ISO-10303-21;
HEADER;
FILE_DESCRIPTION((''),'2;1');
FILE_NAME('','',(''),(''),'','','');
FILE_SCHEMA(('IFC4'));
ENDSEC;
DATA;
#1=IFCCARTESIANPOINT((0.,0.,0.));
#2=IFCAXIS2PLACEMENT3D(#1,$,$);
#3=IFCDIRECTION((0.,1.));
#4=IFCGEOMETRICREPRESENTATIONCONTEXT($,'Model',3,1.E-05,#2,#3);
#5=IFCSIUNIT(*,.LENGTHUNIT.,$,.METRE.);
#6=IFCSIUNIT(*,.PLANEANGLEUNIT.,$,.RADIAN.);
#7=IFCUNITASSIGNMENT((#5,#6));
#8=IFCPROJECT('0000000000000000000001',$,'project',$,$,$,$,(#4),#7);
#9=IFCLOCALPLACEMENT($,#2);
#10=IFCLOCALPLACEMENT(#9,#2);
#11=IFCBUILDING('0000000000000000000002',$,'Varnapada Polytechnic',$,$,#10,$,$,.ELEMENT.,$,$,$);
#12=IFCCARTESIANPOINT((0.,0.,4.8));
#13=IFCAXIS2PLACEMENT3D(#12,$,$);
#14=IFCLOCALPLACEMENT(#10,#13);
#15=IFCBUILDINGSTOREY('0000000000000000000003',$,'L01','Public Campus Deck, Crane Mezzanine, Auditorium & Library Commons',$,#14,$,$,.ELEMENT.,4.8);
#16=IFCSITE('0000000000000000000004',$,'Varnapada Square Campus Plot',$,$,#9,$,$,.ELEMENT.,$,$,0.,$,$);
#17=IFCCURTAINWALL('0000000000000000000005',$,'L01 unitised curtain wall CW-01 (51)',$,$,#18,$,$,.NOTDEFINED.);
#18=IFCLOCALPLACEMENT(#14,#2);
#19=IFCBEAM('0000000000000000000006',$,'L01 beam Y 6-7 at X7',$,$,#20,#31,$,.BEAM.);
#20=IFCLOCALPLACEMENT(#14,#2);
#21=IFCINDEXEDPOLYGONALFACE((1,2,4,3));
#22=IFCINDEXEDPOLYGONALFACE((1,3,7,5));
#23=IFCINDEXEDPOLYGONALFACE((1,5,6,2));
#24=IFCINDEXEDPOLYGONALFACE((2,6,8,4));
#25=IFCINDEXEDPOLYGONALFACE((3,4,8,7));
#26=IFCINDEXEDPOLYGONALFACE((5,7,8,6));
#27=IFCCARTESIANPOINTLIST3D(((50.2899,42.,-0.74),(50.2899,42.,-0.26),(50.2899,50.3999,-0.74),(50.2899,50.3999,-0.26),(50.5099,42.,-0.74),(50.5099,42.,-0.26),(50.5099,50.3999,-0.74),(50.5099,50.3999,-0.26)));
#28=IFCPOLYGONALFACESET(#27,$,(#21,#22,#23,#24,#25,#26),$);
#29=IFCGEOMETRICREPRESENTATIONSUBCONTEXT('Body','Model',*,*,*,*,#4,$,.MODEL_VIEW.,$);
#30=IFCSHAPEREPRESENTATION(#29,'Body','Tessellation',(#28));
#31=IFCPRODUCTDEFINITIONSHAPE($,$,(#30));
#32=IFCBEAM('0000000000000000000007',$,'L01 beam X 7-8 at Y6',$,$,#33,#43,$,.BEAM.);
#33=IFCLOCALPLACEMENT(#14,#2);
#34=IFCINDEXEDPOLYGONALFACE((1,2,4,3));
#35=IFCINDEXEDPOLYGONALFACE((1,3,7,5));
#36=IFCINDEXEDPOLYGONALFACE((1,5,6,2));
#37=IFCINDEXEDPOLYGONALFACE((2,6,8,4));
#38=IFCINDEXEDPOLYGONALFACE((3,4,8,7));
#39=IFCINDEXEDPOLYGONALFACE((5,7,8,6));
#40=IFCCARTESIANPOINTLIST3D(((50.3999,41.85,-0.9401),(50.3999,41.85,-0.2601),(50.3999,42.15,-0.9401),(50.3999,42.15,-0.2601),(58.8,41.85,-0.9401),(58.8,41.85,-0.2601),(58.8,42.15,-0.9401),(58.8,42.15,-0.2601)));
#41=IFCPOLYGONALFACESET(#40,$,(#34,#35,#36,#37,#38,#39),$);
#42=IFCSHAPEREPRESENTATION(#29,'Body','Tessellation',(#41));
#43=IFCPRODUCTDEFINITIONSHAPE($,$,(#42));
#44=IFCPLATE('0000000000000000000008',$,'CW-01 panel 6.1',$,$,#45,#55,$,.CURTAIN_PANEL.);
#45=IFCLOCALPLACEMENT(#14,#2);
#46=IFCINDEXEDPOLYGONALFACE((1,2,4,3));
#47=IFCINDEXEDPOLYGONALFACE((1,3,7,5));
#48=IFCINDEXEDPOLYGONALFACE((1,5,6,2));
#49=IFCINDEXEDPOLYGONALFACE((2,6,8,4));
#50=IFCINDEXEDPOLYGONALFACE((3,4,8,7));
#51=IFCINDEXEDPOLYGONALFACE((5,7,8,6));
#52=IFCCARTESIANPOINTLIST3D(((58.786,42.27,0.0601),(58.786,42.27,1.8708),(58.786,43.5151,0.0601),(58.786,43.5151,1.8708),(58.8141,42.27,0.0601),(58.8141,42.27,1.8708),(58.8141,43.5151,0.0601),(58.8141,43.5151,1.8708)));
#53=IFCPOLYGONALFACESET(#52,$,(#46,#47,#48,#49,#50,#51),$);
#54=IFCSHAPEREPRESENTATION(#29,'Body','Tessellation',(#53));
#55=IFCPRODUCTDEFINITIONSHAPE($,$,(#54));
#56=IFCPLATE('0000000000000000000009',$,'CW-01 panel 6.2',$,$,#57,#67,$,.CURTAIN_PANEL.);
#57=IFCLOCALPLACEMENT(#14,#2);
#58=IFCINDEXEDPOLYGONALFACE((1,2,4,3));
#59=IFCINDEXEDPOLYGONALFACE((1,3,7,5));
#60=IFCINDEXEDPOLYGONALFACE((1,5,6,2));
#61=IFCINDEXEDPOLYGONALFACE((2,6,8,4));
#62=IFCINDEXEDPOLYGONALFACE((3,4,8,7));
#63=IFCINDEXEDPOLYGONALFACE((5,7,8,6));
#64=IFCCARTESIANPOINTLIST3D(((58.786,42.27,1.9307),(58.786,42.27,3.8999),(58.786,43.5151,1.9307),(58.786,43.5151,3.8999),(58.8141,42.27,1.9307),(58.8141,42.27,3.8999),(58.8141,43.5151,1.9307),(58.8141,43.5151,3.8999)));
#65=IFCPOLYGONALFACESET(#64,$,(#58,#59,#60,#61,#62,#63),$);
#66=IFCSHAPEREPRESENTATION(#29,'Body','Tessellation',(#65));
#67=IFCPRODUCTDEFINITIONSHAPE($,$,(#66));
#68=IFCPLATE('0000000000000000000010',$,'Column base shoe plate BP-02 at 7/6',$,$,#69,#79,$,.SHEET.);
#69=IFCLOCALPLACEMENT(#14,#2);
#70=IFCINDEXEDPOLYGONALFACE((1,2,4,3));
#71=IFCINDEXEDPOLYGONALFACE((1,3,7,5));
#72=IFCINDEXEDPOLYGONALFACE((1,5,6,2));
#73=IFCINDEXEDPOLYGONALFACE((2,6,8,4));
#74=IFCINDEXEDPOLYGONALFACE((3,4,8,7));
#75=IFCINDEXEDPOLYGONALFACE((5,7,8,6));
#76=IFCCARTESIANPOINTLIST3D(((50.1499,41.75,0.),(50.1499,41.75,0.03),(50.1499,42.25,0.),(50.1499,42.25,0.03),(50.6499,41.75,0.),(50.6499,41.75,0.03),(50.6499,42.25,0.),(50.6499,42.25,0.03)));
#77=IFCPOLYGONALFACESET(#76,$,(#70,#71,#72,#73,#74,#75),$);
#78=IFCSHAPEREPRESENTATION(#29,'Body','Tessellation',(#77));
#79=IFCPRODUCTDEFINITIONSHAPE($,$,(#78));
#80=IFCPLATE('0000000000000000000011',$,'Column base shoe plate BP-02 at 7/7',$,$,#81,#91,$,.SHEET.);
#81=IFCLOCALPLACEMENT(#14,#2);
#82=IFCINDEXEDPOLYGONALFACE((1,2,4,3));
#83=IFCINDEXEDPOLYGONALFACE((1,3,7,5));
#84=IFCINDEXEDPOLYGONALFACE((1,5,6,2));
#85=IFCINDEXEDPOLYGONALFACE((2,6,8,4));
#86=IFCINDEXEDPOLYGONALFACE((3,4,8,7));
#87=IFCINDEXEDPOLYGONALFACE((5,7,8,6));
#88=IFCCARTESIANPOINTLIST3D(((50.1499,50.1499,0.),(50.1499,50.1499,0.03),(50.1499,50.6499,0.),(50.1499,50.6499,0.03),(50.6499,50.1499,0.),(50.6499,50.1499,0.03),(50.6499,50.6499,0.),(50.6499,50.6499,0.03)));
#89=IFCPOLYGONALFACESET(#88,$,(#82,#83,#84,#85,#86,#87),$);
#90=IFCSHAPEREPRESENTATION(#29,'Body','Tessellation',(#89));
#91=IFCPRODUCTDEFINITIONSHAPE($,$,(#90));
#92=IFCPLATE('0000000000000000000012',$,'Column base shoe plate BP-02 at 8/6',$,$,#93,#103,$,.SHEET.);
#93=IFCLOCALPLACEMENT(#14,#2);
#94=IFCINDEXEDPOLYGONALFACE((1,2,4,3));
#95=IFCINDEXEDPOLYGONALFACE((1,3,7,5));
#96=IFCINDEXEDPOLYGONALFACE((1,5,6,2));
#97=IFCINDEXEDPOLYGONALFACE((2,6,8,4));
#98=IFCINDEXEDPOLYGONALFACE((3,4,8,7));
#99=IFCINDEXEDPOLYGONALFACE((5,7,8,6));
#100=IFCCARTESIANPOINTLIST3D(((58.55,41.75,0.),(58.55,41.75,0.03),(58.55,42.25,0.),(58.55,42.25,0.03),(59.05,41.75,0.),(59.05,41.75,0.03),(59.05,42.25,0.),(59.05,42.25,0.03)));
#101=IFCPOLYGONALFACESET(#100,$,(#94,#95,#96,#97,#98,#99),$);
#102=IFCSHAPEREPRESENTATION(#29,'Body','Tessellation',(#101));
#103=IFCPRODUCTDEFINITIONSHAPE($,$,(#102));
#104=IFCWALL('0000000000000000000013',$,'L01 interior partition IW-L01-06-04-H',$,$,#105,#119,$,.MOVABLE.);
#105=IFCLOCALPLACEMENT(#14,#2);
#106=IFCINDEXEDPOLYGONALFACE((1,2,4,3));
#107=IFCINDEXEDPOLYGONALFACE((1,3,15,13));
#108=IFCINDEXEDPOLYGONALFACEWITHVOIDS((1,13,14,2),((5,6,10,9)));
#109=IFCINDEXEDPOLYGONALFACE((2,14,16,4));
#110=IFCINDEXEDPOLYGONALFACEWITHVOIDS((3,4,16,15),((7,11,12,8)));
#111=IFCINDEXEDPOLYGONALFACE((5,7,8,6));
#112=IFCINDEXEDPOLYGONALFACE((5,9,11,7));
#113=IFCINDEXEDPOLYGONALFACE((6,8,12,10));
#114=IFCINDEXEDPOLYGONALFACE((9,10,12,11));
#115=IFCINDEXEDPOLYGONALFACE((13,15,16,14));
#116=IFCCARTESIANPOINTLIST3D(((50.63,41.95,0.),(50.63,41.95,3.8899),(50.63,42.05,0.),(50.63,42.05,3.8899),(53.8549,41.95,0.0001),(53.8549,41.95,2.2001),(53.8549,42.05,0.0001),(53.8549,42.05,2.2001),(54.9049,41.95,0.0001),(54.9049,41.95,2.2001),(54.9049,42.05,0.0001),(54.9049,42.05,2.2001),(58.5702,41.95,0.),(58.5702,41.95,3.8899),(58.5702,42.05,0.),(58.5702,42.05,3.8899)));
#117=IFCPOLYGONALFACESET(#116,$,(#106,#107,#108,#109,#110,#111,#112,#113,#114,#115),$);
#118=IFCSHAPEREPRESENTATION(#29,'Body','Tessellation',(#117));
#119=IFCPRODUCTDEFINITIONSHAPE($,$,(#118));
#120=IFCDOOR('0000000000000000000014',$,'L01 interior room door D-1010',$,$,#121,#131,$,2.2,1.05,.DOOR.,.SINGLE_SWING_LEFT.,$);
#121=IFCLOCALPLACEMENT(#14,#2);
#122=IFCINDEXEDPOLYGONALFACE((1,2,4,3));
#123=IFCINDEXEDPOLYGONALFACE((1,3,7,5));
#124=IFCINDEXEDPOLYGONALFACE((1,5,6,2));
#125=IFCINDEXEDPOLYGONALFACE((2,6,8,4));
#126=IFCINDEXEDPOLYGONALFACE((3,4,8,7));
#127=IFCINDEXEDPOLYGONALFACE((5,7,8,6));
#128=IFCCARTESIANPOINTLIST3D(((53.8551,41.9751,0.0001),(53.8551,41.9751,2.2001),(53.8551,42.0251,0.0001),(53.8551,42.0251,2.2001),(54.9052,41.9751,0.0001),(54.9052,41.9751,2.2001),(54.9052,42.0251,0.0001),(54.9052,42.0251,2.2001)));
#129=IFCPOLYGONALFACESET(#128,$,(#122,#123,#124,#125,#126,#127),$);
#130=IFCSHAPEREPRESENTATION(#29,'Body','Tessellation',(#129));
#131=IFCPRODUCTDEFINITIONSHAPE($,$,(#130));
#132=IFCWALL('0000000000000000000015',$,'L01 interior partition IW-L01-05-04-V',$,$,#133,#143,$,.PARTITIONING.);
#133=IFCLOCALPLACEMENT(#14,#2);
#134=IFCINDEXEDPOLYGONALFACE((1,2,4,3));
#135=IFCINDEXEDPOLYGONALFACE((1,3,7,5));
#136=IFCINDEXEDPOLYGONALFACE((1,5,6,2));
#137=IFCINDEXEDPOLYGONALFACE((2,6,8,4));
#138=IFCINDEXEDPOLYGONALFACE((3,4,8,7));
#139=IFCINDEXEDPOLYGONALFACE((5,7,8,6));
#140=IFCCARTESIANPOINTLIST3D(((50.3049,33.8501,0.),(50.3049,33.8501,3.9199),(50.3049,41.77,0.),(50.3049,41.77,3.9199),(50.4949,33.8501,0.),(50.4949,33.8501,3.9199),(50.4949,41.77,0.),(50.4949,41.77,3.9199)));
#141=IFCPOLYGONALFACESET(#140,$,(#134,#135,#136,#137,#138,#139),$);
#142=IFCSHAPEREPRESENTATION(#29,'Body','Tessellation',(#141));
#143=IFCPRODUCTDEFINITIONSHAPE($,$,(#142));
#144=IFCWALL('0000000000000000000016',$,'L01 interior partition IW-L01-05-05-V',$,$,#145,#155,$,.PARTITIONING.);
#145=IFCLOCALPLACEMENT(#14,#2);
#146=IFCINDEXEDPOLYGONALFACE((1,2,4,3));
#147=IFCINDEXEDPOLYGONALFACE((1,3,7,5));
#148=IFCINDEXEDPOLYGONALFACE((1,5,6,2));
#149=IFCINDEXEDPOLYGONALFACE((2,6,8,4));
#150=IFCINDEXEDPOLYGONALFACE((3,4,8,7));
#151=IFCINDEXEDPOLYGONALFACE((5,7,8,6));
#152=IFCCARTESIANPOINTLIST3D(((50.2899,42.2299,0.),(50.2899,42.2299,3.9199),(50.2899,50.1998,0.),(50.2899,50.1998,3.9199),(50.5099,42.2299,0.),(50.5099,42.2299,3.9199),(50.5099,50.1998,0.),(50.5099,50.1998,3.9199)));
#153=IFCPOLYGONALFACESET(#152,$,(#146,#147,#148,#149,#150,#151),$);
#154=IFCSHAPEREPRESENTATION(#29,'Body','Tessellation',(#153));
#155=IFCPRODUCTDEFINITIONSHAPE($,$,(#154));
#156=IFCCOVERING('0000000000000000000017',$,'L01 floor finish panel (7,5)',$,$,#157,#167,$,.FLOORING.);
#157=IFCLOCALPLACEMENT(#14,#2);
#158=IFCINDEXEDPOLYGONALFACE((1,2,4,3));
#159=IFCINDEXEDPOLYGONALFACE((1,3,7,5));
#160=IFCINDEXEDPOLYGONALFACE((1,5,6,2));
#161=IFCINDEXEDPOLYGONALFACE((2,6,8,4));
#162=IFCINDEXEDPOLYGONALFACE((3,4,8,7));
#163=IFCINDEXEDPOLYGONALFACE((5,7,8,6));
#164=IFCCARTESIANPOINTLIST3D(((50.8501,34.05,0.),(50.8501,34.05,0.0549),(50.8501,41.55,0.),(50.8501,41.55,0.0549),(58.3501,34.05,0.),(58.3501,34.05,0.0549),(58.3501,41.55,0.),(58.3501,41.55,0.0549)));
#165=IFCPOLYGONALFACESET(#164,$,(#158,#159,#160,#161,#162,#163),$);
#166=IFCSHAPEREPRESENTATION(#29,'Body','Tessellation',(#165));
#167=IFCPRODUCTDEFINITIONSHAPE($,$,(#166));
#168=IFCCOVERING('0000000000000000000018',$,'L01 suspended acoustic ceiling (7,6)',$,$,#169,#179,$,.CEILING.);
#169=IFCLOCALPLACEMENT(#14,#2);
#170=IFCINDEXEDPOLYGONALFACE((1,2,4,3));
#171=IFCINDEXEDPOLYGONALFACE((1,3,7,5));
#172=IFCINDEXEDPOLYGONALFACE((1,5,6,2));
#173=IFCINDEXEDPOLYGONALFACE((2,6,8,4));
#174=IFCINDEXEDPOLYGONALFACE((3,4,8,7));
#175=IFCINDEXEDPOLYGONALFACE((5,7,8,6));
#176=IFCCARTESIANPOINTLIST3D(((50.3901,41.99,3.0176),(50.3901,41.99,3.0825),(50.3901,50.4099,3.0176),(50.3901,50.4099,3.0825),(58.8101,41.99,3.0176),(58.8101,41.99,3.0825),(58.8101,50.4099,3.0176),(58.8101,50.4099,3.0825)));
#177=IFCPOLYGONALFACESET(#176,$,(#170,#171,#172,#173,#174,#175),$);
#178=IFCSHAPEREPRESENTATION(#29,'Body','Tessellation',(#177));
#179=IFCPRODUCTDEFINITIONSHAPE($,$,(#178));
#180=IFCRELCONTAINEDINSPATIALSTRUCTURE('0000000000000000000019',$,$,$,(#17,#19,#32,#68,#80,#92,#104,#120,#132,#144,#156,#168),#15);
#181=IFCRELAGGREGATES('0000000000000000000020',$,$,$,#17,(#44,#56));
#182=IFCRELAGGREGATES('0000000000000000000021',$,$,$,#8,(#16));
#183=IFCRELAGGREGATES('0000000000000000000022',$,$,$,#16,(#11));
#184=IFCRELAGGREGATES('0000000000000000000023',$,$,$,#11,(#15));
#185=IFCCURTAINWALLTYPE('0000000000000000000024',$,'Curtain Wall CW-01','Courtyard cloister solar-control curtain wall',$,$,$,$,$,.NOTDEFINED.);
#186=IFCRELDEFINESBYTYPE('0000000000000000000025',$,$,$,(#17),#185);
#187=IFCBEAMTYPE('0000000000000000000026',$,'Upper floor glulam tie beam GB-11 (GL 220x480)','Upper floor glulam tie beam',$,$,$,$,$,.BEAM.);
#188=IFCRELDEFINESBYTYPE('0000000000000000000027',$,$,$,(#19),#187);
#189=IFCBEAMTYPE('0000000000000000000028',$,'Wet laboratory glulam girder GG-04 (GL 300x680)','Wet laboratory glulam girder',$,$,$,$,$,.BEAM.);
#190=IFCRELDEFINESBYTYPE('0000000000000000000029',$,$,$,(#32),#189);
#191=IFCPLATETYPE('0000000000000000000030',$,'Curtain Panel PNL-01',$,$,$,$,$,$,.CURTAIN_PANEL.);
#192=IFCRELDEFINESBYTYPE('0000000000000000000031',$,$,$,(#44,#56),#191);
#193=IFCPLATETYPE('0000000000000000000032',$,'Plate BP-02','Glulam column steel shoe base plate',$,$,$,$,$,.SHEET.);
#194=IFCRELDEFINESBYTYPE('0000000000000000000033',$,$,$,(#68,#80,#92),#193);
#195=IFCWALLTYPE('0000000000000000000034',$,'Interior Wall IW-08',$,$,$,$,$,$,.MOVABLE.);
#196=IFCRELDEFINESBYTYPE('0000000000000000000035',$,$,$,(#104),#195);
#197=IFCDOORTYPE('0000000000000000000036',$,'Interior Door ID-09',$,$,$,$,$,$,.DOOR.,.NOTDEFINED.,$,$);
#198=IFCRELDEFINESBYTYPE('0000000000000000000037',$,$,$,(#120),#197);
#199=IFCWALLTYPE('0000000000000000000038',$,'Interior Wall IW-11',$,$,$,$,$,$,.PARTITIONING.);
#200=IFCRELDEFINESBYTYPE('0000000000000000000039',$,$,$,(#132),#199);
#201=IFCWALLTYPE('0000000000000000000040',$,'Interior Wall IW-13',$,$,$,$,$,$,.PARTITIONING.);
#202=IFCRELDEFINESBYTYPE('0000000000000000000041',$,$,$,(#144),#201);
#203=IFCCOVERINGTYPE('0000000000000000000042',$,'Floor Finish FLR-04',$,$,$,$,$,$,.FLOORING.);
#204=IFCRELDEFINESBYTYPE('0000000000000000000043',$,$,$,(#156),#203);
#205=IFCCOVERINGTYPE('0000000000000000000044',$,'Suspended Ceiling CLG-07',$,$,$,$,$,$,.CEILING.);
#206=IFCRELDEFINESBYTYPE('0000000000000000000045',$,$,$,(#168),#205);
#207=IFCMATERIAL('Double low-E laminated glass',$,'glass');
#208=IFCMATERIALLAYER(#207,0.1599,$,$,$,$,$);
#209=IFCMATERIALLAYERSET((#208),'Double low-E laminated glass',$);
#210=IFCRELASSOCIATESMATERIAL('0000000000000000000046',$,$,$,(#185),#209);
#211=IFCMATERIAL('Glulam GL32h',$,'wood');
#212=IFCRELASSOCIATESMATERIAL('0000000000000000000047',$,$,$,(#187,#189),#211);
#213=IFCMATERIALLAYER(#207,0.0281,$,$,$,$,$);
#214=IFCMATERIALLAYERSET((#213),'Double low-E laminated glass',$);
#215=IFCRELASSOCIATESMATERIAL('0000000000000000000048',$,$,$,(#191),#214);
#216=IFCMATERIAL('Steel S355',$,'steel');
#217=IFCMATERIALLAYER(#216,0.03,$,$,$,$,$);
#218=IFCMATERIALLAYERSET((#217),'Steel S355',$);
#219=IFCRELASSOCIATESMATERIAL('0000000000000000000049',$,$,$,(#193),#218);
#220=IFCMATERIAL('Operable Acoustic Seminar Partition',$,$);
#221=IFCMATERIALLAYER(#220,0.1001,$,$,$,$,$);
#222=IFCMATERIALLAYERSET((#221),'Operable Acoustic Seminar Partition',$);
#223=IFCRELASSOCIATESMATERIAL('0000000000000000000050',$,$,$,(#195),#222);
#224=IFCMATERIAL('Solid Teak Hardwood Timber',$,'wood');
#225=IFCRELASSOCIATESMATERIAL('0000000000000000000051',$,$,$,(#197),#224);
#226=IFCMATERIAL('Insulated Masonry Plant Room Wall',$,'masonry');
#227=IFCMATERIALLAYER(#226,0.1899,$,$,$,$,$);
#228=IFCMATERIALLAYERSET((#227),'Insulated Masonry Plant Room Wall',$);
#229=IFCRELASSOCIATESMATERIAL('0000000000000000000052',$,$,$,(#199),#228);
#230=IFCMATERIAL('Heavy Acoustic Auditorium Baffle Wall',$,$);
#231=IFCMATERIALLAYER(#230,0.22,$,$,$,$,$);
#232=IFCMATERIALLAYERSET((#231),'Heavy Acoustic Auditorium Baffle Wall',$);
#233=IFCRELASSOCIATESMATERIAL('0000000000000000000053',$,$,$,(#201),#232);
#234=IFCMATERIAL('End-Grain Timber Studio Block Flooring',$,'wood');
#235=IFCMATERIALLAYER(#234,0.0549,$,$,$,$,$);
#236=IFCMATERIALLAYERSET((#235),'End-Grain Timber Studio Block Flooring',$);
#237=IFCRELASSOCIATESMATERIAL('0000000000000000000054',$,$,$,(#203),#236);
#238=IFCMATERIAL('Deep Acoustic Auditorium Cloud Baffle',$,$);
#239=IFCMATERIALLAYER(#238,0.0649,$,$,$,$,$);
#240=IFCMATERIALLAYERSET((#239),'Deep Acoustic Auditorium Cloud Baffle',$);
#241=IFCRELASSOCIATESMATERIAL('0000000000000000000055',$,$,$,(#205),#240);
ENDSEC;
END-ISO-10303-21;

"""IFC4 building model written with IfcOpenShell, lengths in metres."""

from ifc_helpers import new_model, si_unit, direction, frame, frame_2d, origin, origin_2d, place, context, subcontext, project, spatial, rectangle, extrude, material, layer, layer_set, material_profile, profile_set, type_object, element, fill, aggregate, save


model = new_model("IFC4")

# Units and contexts
model_context = context("Model", 3, precision=1e-05, world=origin(), true_north=direction((0.0, 1.0)))
body_context = subcontext(model_context, "Body", "Model", "MODEL_VIEW")
ifc_project = project(units=[si_unit("LENGTHUNIT", "METRE"), si_unit("PLANEANGLEUNIT", "RADIAN")], contexts=[model_context])

# Site, building, storey
site_placement = place(None, origin())
site = spatial("IfcSite", under=ifc_project, at=site_placement, Name="Varnapada Square Campus Plot", CompositionType="ELEMENT", RefElevation=0.0)
building_placement = place(site_placement, origin())
building = spatial("IfcBuilding", under=site, at=building_placement, Name="Varnapada Polytechnic", CompositionType="ELEMENT")
storey_placement = place(building_placement, frame((0.0, 0.0, 4.8)))
storey = spatial("IfcBuildingStorey", under=building, at=storey_placement, Name="L01", Description="Public Campus Deck, Crane Mezzanine, Auditorium & Library Commons", CompositionType="ELEMENT", Elevation=4.8)

# Shared definitions
ifc_material_1 = material(Name="Glulam GL32h", Category="wood")

# Curtain wall
ifc_material_2 = material(Name="Double low-E laminated glass", Category="glass")
ifc_layer_1 = layer(ifc_material_2, 0.1599)
ifc_layer_set_1 = layer_set([ifc_layer_1], Name="Double low-E laminated glass")
curtain_wall_type = type_object("IfcCurtainWallType", Name="Curtain Wall CW-01", Description="Courtyard cloister solar-control curtain wall", PredefinedType="NOTDEFINED", material=ifc_layer_set_1)
curtain_wall_1_placement = place(storey_placement, origin())
curtain_wall_1 = element("IfcCurtainWall", 1, at=curtain_wall_1_placement, inside=storey, type_object=curtain_wall_type, Name="L01 unitised curtain wall CW-01 (51)", PredefinedType="NOTDEFINED")

# Beams
ifc_material_profile_1 = material_profile(ifc_material_1, rectangle(XDim=0.22, YDim=0.48, at=origin_2d()), Name="GL 220x480")
ifc_profile_set_1 = profile_set([ifc_material_profile_1], Name="Glulam GL32h")
beam_type_1 = type_object("IfcBeamType", Name="Upper floor glulam tie beam GB-11 (GL 220x480)", Description="Upper floor glulam tie beam", PredefinedType="BEAM", material=ifc_profile_set_1)
beam_1_placement = place(storey_placement, frame((50.3999, 42.0, -0.5), z_axis=(0.0, 1.0, 0.0), x_axis=(-1.0, 0.0, 0.0)))
element("IfcBeam", 2, at=beam_1_placement, inside=storey, type_object=beam_type_1, Name="L01 beam Y 6-7 at X7", PredefinedType="BEAM", context=body_context, shape_type="SweptSolid", body=[
    extrude(rectangle(XDim=0.22, YDim=0.48, at=origin_2d()), origin(), (0.0, 0.0, 1.0), 8.3999),
])
ifc_material_profile_2 = material_profile(ifc_material_1, rectangle(XDim=0.3, YDim=0.6799, at=origin_2d()), Name="GL 300x680")
ifc_profile_set_2 = profile_set([ifc_material_profile_2], Name="Glulam GL32h")
beam_type_2 = type_object("IfcBeamType", Name="Wet laboratory glulam girder GG-04 (GL 300x680)", Description="Wet laboratory glulam girder", PredefinedType="BEAM", material=ifc_profile_set_2)
beam_2_placement = place(storey_placement, frame((50.3999, 42.0, -0.6001), z_axis=(1.0, 0.0, 0.0), x_axis=(0.0, 1.0, 0.0)))
element("IfcBeam", 3, at=beam_2_placement, inside=storey, type_object=beam_type_2, Name="L01 beam X 7-8 at Y6", PredefinedType="BEAM", context=body_context, shape_type="SweptSolid", body=[
    extrude(rectangle(XDim=0.3, YDim=0.6799, at=origin_2d()), origin(), (0.0, 0.0, 1.0), 8.4001),
])

# Plates
ifc_layer_2 = layer(ifc_material_2, 0.0281)
ifc_layer_set_2 = layer_set([ifc_layer_2], Name="Double low-E laminated glass")
plate_type_1 = type_object("IfcPlateType", Name="Curtain Panel PNL-01", PredefinedType="CURTAIN_PANEL", material=ifc_layer_set_2)
plate_1_placement = place(storey_placement, frame((58.8, 42.8926, 0.0601), z_axis=(0.0, 0.0, 1.0), x_axis=(0.0, -1.0, 0.0)))
plate_1 = element("IfcPlate", 4, at=plate_1_placement, type_object=plate_type_1, Name="CW-01 panel 6.1", PredefinedType="CURTAIN_PANEL", context=body_context, shape_type="SweptSolid", body=[
    extrude(rectangle(XDim=1.2451, YDim=0.0281, at=origin_2d()), origin(), (0.0, 0.0, 1.0), 1.8108),
])
plate_2_placement = place(storey_placement, frame((58.8, 42.8926, 1.9307), z_axis=(0.0, 0.0, 1.0), x_axis=(0.0, -1.0, 0.0)))
plate_2 = element("IfcPlate", 5, at=plate_2_placement, type_object=plate_type_1, Name="CW-01 panel 6.2", PredefinedType="CURTAIN_PANEL", context=body_context, shape_type="SweptSolid", body=[
    extrude(rectangle(XDim=1.2451, YDim=0.0281, at=origin_2d()), origin(), (0.0, 0.0, 1.0), 1.9692),
])
aggregate(curtain_wall_1, [plate_1, plate_2])

# Plates
ifc_material_3 = material(Name="Steel S355", Category="steel")
ifc_layer_3 = layer(ifc_material_3, 0.03)
ifc_layer_set_3 = layer_set([ifc_layer_3], Name="Steel S355")
plate_type_2 = type_object("IfcPlateType", Name="Plate BP-02", Description="Glulam column steel shoe base plate", PredefinedType="SHEET", material=ifc_layer_set_3)
for number, where, z_axis, x_axis, name in (
    (6, (50.3999, 42.0, 0.0), (0.0, 0.0, 1.0), (1.0, 0.0, 0.0), "Column base shoe plate BP-02 at 7/6"),
    (7, (50.3999, 50.3999, 0.0), (0.0, 0.0, 1.0), (1.0, 0.0, 0.0), "Column base shoe plate BP-02 at 7/7"),
    (8, (58.8, 42.0, 0.0), (0.0, 0.0, 1.0), (1.0, 0.0, 0.0), "Column base shoe plate BP-02 at 8/6"),
):
    element("IfcPlate", number, at=place(storey_placement, frame(where, z_axis=z_axis, x_axis=x_axis)), inside=storey, type_object=plate_type_2, Name=name, PredefinedType="SHEET", context=body_context, shape_type="SweptSolid", body=[
        extrude(rectangle(XDim=0.5, YDim=0.5, at=origin_2d()), origin(), (0.0, 0.0, 1.0), 0.03),
    ])

# Wall, opening, door
ifc_material_4 = material(Name="Operable Acoustic Seminar Partition")
ifc_layer_4 = layer(ifc_material_4, 0.1001)
ifc_layer_set_4 = layer_set([ifc_layer_4], Name="Operable Acoustic Seminar Partition")
wall_type_1 = type_object("IfcWallType", Name="Interior Wall IW-08", PredefinedType="MOVABLE", material=ifc_layer_set_4)
wall_1_placement = place(storey_placement, frame((50.6299, 42.0, 0.0), z_axis=(0.0, 0.0, 1.0), x_axis=(1.0, 0.0, 0.0)))
wall_1 = element("IfcWall", 9, at=wall_1_placement, inside=storey, type_object=wall_type_1, Name="L01 interior partition IW-L01-06-04-H", PredefinedType="MOVABLE", context=body_context, shape_type="SweptSolid", body=[
    extrude(rectangle(XDim=7.9402, YDim=0.1001, at=frame_2d((3.9702, 0.0))), origin(), (0.0, 0.0, 1.0), 3.8899),
])
opening_placement = place(wall_1_placement, frame((3.2251, 0.0, 0.0)))
opening = element("IfcOpeningElement", 10, at=opening_placement, cuts=wall_1, PredefinedType="OPENING", context=body_context, shape_type="SweptSolid", body=[
    extrude(rectangle(XDim=1.05, YDim=2.2, at=frame_2d((0.5249, 1.1001))), frame((0.0, 0.0601, 0.0), z_axis=(0.0, -1.0, 0.0), x_axis=(1.0, 0.0, 0.0)), (0.0, 0.0, 1.0), 0.1201),
])
ifc_material_5 = material(Name="Solid Teak Hardwood Timber", Category="wood")
door_type = type_object("IfcDoorType", Name="Interior Door ID-09", OperationType="NOTDEFINED", PredefinedType="DOOR", material=ifc_material_5)
door_placement = place(opening_placement, frame((1.05, 0.0, 0.0), z_axis=(0.0, 0.0, 1.0), x_axis=(-1.0, 0.0, 0.0)))
door = element("IfcDoor", 11, at=door_placement, inside=storey, type_object=door_type, Name="L01 interior room door D-1010", OperationType="SINGLE_SWING_LEFT", OverallHeight=2.2, OverallWidth=1.05, PredefinedType="DOOR", context=body_context, shape_type="SweptSolid", body=[
    extrude(rectangle(XDim=1.05, YDim=2.2, at=frame_2d((0.5249, 1.1001))), frame((0.0, 0.0249, 0.0), z_axis=(0.0, -1.0, 0.0), x_axis=(1.0, 0.0, 0.0)), (0.0, 0.0, 1.0), 0.05),
])
fill(opening, door)

# Walls
ifc_material_6 = material(Name="Insulated Masonry Plant Room Wall", Category="masonry")
ifc_layer_5 = layer(ifc_material_6, 0.1899)
ifc_layer_set_5 = layer_set([ifc_layer_5], Name="Insulated Masonry Plant Room Wall")
wall_type_2 = type_object("IfcWallType", Name="Interior Wall IW-11", PredefinedType="PARTITIONING", material=ifc_layer_set_5)
wall_2_placement = place(storey_placement, frame((50.3999, 33.8501, 0.0), z_axis=(0.0, 0.0, 1.0), x_axis=(0.0, 1.0, 0.0)))
element("IfcWall", 12, at=wall_2_placement, inside=storey, type_object=wall_type_2, Name="L01 interior partition IW-L01-05-04-V", PredefinedType="PARTITIONING", context=body_context, shape_type="SweptSolid", body=[
    extrude(rectangle(XDim=7.9199, YDim=0.1899, at=frame_2d((3.96, 0.0))), origin(), (0.0, 0.0, 1.0), 3.9199),
])
ifc_material_7 = material(Name="Heavy Acoustic Auditorium Baffle Wall")
ifc_layer_6 = layer(ifc_material_7, 0.22)
ifc_layer_set_6 = layer_set([ifc_layer_6], Name="Heavy Acoustic Auditorium Baffle Wall")
wall_type_3 = type_object("IfcWallType", Name="Interior Wall IW-13", PredefinedType="PARTITIONING", material=ifc_layer_set_6)
wall_3_placement = place(storey_placement, frame((50.3999, 42.23, 0.0), z_axis=(0.0, 0.0, 1.0), x_axis=(0.0, 1.0, 0.0)))
element("IfcWall", 13, at=wall_3_placement, inside=storey, type_object=wall_type_3, Name="L01 interior partition IW-L01-05-05-V", PredefinedType="PARTITIONING", context=body_context, shape_type="SweptSolid", body=[
    extrude(rectangle(XDim=7.97, YDim=0.22, at=frame_2d((3.9849, 0.0))), origin(), (0.0, 0.0, 1.0), 3.9199),
])

# Coverings
ifc_material_8 = material(Name="End-Grain Timber Studio Block Flooring", Category="wood")
ifc_layer_7 = layer(ifc_material_8, 0.0549)
ifc_layer_set_7 = layer_set([ifc_layer_7], Name="End-Grain Timber Studio Block Flooring")
covering_type_1 = type_object("IfcCoveringType", Name="Floor Finish FLR-04", PredefinedType="FLOORING", material=ifc_layer_set_7)
covering_1_placement = place(storey_placement, frame((54.6001, 37.8, 0.0), z_axis=(0.0, 0.0, 1.0), x_axis=(1.0, 0.0, 0.0)))
element("IfcCovering", 14, at=covering_1_placement, inside=storey, type_object=covering_type_1, Name="L01 floor finish panel (7,5)", PredefinedType="FLOORING", context=body_context, shape_type="SweptSolid", body=[
    extrude(rectangle(XDim=7.5, YDim=7.5, at=origin_2d()), origin(), (0.0, 0.0, 1.0), 0.0549),
])
ifc_material_9 = material(Name="Deep Acoustic Auditorium Cloud Baffle")
ifc_layer_8 = layer(ifc_material_9, 0.0649)
ifc_layer_set_8 = layer_set([ifc_layer_8], Name="Deep Acoustic Auditorium Cloud Baffle")
covering_type_2 = type_object("IfcCoveringType", Name="Suspended Ceiling CLG-07", PredefinedType="CEILING", material=ifc_layer_set_8)
covering_2_placement = place(storey_placement, frame((54.6001, 46.2, 3.0176), z_axis=(0.0, 0.0, 1.0), x_axis=(1.0, 0.0, 0.0)))
element("IfcCovering", 15, at=covering_2_placement, inside=storey, type_object=covering_type_2, Name="L01 suspended acoustic ceiling (7,6)", PredefinedType="CEILING", context=body_context, shape_type="SweptSolid", body=[
    extrude(rectangle(XDim=8.4199, YDim=8.4199, at=origin_2d()), origin(), (0.0, 0.0, 1.0), 0.0649),
])

save(model, "model.ifc")
